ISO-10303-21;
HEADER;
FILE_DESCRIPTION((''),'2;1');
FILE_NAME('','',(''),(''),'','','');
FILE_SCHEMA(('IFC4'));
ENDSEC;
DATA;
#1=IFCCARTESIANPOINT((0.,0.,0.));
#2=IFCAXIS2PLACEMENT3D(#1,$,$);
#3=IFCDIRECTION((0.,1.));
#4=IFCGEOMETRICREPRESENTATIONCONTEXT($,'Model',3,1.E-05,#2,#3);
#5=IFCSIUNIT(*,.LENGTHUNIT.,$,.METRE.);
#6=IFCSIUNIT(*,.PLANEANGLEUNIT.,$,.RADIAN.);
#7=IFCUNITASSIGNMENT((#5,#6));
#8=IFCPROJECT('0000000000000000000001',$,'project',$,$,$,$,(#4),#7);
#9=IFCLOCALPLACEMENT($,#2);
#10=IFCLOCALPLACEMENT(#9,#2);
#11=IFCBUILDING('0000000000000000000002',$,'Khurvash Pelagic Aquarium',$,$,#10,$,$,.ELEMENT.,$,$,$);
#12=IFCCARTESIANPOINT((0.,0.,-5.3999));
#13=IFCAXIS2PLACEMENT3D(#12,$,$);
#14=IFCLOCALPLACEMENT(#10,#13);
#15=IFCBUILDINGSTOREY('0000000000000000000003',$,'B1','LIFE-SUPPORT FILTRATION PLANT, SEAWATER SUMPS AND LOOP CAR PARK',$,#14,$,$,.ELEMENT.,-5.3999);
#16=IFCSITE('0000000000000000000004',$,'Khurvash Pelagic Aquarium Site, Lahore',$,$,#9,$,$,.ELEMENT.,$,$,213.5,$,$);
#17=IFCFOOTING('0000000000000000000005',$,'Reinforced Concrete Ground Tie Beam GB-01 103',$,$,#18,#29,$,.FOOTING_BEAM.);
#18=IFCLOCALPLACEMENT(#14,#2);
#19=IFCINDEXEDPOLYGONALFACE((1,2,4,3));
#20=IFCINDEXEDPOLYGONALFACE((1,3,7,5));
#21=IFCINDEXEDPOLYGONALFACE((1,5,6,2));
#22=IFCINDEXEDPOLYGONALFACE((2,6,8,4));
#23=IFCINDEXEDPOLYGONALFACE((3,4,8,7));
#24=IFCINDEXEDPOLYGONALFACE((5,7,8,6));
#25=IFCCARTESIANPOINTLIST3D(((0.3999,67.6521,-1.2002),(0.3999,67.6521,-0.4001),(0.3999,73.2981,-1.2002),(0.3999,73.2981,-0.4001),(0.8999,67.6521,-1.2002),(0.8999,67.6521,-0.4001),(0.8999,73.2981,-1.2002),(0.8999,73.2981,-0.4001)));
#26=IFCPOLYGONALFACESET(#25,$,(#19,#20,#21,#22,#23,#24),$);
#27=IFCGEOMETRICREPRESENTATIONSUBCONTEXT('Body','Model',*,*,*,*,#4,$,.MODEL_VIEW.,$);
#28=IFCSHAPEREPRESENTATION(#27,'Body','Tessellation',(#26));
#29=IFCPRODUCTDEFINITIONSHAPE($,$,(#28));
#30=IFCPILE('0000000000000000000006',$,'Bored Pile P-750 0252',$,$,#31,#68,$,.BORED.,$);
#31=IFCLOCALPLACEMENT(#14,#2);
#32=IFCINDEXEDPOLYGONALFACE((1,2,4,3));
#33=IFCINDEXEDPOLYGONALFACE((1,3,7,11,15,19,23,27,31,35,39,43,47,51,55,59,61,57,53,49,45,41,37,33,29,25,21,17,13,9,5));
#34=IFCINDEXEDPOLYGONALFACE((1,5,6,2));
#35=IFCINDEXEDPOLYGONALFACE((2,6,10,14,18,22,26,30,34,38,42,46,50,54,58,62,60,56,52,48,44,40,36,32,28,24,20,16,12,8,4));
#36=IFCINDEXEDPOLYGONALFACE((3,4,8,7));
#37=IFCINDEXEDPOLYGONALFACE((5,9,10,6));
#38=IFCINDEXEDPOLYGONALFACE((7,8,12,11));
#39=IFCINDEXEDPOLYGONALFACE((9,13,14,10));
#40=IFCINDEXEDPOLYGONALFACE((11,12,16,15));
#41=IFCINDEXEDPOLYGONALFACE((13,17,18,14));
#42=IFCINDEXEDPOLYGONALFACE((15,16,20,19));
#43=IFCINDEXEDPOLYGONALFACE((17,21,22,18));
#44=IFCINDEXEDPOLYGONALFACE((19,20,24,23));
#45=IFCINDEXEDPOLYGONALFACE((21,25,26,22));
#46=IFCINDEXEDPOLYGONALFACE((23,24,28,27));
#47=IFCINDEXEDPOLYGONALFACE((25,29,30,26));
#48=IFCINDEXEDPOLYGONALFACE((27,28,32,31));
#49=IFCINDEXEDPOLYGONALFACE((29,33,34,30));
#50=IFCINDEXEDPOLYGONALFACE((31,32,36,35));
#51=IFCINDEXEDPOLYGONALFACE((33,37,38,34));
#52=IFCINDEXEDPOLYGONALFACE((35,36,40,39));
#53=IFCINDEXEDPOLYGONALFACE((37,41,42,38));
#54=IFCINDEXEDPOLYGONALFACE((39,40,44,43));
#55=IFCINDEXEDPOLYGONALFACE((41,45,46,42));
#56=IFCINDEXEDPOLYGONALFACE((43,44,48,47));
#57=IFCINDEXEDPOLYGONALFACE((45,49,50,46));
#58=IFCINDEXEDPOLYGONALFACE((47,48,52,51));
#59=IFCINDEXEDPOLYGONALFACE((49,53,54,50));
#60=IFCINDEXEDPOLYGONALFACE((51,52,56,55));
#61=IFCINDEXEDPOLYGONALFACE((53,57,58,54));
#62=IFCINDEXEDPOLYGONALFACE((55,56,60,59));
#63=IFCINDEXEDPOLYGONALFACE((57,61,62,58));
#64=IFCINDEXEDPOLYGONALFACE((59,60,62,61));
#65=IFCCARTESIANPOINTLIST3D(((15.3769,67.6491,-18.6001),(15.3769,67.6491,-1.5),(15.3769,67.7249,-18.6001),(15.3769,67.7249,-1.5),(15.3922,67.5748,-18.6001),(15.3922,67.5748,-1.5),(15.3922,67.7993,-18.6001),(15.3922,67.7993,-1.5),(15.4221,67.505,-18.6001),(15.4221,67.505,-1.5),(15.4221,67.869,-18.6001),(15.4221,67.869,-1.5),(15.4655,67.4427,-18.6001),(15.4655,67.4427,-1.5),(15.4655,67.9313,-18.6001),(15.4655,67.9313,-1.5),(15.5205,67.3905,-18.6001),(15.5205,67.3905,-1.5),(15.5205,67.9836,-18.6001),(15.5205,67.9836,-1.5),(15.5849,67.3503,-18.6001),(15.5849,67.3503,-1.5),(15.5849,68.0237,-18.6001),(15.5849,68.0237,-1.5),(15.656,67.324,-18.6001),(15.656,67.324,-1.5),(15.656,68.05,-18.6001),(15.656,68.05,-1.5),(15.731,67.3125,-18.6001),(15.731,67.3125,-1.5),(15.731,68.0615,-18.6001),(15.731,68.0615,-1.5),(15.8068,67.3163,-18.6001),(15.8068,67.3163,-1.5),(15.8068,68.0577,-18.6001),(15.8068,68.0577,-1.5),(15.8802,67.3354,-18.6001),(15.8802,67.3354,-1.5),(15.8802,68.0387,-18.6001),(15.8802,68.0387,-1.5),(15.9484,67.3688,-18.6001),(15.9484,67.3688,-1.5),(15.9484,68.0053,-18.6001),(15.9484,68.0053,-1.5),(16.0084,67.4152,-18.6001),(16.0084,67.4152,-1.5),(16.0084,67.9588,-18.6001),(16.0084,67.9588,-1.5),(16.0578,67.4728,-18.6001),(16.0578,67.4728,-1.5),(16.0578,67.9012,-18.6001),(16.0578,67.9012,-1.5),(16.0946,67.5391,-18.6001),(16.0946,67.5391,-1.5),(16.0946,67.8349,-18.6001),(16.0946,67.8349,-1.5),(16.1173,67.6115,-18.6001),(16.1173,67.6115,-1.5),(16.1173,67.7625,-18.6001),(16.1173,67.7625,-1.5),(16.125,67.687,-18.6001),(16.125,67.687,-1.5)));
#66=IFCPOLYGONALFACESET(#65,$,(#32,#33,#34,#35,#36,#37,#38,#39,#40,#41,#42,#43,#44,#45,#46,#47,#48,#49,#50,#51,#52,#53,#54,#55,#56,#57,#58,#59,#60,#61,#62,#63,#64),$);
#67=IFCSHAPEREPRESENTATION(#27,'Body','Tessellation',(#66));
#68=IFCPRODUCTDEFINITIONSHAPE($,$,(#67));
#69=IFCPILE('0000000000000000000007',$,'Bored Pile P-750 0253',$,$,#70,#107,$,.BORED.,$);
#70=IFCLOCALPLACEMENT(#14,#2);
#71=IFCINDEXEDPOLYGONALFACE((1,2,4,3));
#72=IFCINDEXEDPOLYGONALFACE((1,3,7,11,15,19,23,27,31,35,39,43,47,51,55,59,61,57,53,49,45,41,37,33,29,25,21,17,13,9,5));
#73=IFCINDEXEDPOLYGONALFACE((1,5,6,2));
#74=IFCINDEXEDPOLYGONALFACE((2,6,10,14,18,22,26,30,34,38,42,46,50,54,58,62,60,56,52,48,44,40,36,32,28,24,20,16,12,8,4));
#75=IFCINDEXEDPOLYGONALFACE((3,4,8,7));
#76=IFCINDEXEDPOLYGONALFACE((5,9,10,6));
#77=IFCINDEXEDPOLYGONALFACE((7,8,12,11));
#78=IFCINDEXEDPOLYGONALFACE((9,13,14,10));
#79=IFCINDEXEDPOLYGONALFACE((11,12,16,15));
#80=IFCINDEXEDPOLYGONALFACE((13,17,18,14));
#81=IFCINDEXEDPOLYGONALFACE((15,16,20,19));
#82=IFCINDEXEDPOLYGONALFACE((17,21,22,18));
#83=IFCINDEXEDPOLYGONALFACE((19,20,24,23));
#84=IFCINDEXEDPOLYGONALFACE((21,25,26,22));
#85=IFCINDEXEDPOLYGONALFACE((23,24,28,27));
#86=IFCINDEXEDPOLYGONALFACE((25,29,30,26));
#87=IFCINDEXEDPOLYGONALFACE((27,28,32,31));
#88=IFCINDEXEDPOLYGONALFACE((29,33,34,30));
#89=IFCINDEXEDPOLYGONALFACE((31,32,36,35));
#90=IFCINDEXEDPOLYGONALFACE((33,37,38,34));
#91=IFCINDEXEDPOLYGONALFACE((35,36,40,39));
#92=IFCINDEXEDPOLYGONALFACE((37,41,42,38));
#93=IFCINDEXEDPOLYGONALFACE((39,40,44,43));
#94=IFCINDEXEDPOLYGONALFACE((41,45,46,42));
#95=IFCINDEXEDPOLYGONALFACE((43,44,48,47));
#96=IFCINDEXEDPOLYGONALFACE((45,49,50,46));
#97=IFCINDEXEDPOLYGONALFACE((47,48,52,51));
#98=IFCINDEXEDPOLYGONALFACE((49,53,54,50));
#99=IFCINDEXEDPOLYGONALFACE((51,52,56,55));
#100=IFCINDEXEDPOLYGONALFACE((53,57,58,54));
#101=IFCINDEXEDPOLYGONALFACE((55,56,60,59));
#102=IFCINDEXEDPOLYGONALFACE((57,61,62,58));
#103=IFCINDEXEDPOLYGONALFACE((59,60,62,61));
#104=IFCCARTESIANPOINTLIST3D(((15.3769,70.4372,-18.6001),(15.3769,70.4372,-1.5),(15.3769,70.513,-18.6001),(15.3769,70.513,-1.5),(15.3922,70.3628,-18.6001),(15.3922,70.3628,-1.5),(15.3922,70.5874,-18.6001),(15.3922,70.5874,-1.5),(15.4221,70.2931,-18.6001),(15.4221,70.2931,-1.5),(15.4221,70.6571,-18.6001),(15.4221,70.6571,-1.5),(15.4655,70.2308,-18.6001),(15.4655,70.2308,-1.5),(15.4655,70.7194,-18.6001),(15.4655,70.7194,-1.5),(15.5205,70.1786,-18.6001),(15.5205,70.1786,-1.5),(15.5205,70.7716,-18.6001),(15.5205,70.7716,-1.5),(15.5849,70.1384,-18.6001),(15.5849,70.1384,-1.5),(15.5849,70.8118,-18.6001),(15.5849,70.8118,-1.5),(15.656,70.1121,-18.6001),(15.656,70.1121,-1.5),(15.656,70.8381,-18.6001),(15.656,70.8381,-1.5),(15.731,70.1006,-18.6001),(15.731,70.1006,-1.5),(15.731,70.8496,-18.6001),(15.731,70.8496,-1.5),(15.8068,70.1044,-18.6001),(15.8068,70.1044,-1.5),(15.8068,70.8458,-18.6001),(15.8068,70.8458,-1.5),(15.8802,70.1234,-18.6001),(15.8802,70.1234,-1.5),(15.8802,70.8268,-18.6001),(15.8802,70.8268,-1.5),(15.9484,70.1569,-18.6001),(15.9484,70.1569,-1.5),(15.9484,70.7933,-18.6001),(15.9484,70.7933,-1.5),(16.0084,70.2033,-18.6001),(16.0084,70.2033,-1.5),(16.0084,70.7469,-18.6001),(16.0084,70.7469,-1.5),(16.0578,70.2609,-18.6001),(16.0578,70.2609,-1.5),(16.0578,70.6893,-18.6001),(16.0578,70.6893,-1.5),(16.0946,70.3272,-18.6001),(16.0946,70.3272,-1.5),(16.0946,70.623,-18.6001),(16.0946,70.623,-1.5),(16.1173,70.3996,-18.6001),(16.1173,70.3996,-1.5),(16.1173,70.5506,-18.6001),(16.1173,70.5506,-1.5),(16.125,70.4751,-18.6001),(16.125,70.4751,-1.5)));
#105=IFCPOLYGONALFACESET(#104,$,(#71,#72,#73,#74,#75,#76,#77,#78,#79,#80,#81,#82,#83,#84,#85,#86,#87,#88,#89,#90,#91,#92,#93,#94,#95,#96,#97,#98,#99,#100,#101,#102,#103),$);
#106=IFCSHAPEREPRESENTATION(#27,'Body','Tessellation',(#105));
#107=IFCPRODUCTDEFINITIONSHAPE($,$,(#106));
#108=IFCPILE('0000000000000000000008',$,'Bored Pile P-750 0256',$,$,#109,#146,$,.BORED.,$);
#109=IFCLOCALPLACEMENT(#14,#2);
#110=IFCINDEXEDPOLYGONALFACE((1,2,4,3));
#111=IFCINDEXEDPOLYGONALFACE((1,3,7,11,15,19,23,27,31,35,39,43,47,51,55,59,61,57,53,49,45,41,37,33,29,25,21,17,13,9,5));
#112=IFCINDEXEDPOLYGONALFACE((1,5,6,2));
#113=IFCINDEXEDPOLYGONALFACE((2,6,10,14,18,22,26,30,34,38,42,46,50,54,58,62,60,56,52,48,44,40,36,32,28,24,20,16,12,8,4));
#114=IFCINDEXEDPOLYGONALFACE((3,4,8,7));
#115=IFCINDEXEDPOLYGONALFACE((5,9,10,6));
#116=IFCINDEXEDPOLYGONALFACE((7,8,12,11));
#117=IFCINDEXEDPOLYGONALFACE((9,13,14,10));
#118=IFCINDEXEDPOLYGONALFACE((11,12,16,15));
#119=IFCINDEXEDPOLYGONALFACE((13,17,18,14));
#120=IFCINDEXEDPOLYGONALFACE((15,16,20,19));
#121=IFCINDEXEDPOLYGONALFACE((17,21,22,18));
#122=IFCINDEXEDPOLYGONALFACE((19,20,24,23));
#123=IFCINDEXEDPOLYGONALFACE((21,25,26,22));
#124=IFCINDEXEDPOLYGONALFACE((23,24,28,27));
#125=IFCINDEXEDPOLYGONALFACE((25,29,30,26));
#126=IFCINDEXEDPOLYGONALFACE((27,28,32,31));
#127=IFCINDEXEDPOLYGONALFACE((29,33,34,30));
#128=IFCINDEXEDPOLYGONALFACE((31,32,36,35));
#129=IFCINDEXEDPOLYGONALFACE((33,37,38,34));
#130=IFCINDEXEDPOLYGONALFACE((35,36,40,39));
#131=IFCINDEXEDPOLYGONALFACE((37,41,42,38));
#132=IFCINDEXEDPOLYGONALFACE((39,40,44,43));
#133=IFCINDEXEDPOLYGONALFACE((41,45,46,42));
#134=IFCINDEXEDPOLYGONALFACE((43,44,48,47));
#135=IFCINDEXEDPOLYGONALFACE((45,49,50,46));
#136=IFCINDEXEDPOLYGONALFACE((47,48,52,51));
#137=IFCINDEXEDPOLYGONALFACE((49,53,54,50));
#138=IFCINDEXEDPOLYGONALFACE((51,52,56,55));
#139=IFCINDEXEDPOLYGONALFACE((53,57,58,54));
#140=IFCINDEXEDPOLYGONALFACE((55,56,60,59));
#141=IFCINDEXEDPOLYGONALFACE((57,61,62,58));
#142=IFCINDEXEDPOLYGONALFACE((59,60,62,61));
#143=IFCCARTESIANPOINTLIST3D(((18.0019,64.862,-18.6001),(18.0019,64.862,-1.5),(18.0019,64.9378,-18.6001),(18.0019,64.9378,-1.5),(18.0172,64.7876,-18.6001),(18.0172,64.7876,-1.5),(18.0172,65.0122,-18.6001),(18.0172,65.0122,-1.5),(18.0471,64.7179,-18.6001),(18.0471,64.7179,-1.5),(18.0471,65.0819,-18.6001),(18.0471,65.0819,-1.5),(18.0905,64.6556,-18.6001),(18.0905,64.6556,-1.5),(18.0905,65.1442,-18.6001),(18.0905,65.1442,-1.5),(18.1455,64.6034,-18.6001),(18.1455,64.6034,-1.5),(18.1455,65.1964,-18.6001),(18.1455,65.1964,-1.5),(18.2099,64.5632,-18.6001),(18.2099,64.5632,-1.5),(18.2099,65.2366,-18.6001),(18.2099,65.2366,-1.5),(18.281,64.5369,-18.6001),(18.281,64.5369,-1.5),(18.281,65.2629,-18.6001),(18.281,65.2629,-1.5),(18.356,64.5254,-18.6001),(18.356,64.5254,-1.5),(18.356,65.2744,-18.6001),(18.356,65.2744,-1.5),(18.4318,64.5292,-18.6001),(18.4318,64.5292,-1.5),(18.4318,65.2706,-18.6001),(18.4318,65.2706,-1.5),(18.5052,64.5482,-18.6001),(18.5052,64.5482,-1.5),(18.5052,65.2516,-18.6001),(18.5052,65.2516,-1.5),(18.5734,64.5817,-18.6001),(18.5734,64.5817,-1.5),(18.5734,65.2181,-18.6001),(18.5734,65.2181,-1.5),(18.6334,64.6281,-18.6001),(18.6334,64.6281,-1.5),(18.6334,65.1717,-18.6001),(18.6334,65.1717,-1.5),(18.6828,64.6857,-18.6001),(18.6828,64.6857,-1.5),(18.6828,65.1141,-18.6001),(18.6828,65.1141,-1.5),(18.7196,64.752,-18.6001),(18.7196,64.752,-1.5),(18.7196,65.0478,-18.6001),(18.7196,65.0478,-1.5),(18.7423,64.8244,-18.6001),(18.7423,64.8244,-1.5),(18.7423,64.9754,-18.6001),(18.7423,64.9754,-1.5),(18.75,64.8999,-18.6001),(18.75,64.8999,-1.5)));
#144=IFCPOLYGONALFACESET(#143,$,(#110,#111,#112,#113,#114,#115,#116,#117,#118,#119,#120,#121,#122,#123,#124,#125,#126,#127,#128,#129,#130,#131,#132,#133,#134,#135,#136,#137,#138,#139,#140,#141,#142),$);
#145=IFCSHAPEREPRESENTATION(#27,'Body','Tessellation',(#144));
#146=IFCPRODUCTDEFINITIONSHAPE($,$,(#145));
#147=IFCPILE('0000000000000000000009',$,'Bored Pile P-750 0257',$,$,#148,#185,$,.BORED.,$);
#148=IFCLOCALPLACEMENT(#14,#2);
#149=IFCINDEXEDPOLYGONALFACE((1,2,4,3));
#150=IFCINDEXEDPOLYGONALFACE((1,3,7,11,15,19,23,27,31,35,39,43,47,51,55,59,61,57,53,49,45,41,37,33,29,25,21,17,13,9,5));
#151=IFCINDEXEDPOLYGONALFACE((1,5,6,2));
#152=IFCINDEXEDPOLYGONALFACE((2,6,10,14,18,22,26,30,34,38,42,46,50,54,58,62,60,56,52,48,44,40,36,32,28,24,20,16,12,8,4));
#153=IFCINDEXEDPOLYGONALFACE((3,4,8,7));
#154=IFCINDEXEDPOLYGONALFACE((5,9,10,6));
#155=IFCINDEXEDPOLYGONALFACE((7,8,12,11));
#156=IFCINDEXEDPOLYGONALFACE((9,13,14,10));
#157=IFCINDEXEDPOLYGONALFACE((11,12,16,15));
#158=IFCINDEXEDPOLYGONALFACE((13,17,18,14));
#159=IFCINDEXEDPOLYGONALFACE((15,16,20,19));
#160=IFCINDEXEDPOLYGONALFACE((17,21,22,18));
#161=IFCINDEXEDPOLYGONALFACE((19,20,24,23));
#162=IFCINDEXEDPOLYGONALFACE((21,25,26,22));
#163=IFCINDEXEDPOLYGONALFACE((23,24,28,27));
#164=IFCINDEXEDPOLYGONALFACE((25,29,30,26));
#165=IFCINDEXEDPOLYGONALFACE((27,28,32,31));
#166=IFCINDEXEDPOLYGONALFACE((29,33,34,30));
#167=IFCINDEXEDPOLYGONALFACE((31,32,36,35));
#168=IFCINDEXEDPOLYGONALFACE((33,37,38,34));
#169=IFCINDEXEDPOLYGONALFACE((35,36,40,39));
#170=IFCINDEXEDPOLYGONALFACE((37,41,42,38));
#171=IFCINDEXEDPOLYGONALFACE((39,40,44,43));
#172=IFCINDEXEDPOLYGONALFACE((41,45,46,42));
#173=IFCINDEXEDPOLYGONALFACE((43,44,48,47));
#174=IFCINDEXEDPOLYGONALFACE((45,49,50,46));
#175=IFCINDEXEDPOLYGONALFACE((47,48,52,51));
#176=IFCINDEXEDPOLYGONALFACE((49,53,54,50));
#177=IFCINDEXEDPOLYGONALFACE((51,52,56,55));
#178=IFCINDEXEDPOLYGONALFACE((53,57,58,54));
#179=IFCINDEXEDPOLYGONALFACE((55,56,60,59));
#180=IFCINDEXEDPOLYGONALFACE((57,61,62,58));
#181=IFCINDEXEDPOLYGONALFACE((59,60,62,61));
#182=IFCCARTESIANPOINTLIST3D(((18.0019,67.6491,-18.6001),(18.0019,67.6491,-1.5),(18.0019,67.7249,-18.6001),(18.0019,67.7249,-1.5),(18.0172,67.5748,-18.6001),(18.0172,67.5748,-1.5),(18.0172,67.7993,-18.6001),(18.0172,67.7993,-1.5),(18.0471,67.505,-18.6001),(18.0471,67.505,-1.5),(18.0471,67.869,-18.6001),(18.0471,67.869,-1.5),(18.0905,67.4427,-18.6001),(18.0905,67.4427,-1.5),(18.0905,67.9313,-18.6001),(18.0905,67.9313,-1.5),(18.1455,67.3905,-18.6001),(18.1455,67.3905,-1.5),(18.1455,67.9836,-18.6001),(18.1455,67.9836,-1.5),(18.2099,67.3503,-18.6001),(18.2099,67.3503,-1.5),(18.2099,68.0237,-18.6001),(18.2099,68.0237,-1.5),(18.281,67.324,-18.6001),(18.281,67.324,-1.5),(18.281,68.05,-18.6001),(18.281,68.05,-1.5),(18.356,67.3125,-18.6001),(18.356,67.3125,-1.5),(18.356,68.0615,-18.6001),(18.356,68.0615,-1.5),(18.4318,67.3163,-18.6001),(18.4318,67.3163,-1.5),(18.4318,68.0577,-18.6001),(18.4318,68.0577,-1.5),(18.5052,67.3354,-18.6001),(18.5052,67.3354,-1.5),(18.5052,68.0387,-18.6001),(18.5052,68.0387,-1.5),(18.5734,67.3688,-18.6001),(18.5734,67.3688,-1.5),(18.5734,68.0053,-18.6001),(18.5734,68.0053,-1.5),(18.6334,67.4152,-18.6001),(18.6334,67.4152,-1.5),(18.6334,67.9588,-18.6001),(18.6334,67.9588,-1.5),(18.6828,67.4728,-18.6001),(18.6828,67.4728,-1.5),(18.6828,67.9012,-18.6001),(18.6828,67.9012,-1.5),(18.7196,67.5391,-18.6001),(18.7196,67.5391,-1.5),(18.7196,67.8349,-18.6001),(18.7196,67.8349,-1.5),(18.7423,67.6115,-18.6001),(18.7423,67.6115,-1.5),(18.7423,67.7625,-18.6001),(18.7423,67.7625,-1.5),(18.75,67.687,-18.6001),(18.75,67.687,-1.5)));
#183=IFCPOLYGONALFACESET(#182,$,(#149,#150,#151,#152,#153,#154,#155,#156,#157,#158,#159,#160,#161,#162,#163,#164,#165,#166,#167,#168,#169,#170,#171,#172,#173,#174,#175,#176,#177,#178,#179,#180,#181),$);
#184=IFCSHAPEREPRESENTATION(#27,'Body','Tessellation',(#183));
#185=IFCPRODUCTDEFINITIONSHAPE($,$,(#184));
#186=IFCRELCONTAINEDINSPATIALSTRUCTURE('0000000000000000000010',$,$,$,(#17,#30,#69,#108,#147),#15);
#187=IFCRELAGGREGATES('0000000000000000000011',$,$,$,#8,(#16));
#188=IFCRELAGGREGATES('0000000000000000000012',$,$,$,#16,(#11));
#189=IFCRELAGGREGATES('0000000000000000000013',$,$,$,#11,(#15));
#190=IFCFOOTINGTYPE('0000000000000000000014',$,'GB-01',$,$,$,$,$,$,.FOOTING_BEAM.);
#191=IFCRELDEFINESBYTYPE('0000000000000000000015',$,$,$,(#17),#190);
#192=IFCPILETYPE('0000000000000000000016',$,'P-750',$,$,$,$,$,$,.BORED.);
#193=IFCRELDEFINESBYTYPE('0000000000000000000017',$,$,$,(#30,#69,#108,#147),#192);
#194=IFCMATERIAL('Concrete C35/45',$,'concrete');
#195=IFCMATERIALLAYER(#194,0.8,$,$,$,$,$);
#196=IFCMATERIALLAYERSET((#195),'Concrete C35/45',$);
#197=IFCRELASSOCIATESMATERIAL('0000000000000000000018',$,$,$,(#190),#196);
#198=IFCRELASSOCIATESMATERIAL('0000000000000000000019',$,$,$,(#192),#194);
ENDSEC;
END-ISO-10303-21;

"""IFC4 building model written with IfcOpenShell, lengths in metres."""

from ifc_helpers import new_model, si_unit, direction, frame, origin, origin_2d, place, context, subcontext, project, spatial, rectangle, circle, extrude, material, layer, layer_set, material_profile, profile_set, type_object, element, save


model = new_model("IFC4")

# Units and contexts
model_context = context("Model", 3, precision=1e-05, world=origin(), true_north=direction((0.0, 1.0)))
body_context = subcontext(model_context, "Body", "Model", "MODEL_VIEW")
ifc_project = project(units=[si_unit("LENGTHUNIT", "METRE"), si_unit("PLANEANGLEUNIT", "RADIAN")], contexts=[model_context])

# Site, building, storey
site_placement = place(None, origin())
site = spatial("IfcSite", under=ifc_project, at=site_placement, Name="Khurvash Pelagic Aquarium Site, Lahore", CompositionType="ELEMENT", RefElevation=213.5)
building_placement = place(site_placement, origin())
building = spatial("IfcBuilding", under=site, at=building_placement, Name="Khurvash Pelagic Aquarium", CompositionType="ELEMENT")
storey_placement = place(building_placement, frame((0.0, 0.0, -5.3999)))
storey = spatial("IfcBuildingStorey", under=building, at=storey_placement, Name="B1", Description="LIFE-SUPPORT FILTRATION PLANT, SEAWATER SUMPS AND LOOP CAR PARK", CompositionType="ELEMENT", Elevation=-5.3999)

# Footing
ifc_material_1 = material(Name="Concrete C35/45", Category="concrete")
ifc_layer_1 = layer(ifc_material_1, 0.8)
ifc_layer_set_1 = layer_set([ifc_layer_1], Name="Concrete C35/45")
footing_type_1 = type_object("IfcFootingType", Name="GB-01", PredefinedType="FOOTING_BEAM", material=ifc_layer_set_1)
footing_1_placement = place(storey_placement, frame((0.6499, 70.4751, -1.2002), z_axis=(0.0, 0.0, 1.0), x_axis=(0.0, 1.0, 0.0)))
element("IfcFooting", 1, at=footing_1_placement, inside=storey, type_object=footing_type_1, Name="Reinforced Concrete Ground Tie Beam GB-01 103", PredefinedType="FOOTING_BEAM", context=body_context, shape_type="SweptSolid", body=[
    extrude(rectangle(XDim=5.646, YDim=0.5, at=origin_2d()), origin(), (0.0, 0.0, 1.0), 0.8),
])

# Piles
ifc_material_profile_1 = material_profile(ifc_material_1, circle(Radius=0.375, at=origin_2d()), Name="PILE750")
ifc_profile_set_1 = profile_set([ifc_material_profile_1], Name="Concrete C35/45")
pile_type = type_object("IfcPileType", Name="P-750", PredefinedType="BORED", material=ifc_profile_set_1)
for number, where, z_axis, x_axis, name in (
    (2, (15.75, 67.687, -1.5), (0.0, 0.0, -1.0), (1.0, 0.0, 0.0), "Bored Pile P-750 0252"),
    (3, (15.75, 70.4751, -1.5), (0.0, 0.0, -1.0), (1.0, 0.0, 0.0), "Bored Pile P-750 0253"),
    (4, (18.375, 64.8999, -1.5), (0.0, 0.0, -1.0), (1.0, 0.0, 0.0), "Bored Pile P-750 0256"),
    (5, (18.375, 67.687, -1.5), (0.0, 0.0, -1.0), (1.0, 0.0, 0.0), "Bored Pile P-750 0257"),
):
    element("IfcPile", number, at=place(storey_placement, frame(where, z_axis=z_axis, x_axis=x_axis)), inside=storey, type_object=pile_type, Name=name, PredefinedType="BORED", context=body_context, shape_type="SweptSolid", body=[
        extrude(circle(Radius=0.375, at=origin_2d()), origin(), (0.0, 0.0, 1.0), 17.1001),
    ])

save(model, "model.ifc")
